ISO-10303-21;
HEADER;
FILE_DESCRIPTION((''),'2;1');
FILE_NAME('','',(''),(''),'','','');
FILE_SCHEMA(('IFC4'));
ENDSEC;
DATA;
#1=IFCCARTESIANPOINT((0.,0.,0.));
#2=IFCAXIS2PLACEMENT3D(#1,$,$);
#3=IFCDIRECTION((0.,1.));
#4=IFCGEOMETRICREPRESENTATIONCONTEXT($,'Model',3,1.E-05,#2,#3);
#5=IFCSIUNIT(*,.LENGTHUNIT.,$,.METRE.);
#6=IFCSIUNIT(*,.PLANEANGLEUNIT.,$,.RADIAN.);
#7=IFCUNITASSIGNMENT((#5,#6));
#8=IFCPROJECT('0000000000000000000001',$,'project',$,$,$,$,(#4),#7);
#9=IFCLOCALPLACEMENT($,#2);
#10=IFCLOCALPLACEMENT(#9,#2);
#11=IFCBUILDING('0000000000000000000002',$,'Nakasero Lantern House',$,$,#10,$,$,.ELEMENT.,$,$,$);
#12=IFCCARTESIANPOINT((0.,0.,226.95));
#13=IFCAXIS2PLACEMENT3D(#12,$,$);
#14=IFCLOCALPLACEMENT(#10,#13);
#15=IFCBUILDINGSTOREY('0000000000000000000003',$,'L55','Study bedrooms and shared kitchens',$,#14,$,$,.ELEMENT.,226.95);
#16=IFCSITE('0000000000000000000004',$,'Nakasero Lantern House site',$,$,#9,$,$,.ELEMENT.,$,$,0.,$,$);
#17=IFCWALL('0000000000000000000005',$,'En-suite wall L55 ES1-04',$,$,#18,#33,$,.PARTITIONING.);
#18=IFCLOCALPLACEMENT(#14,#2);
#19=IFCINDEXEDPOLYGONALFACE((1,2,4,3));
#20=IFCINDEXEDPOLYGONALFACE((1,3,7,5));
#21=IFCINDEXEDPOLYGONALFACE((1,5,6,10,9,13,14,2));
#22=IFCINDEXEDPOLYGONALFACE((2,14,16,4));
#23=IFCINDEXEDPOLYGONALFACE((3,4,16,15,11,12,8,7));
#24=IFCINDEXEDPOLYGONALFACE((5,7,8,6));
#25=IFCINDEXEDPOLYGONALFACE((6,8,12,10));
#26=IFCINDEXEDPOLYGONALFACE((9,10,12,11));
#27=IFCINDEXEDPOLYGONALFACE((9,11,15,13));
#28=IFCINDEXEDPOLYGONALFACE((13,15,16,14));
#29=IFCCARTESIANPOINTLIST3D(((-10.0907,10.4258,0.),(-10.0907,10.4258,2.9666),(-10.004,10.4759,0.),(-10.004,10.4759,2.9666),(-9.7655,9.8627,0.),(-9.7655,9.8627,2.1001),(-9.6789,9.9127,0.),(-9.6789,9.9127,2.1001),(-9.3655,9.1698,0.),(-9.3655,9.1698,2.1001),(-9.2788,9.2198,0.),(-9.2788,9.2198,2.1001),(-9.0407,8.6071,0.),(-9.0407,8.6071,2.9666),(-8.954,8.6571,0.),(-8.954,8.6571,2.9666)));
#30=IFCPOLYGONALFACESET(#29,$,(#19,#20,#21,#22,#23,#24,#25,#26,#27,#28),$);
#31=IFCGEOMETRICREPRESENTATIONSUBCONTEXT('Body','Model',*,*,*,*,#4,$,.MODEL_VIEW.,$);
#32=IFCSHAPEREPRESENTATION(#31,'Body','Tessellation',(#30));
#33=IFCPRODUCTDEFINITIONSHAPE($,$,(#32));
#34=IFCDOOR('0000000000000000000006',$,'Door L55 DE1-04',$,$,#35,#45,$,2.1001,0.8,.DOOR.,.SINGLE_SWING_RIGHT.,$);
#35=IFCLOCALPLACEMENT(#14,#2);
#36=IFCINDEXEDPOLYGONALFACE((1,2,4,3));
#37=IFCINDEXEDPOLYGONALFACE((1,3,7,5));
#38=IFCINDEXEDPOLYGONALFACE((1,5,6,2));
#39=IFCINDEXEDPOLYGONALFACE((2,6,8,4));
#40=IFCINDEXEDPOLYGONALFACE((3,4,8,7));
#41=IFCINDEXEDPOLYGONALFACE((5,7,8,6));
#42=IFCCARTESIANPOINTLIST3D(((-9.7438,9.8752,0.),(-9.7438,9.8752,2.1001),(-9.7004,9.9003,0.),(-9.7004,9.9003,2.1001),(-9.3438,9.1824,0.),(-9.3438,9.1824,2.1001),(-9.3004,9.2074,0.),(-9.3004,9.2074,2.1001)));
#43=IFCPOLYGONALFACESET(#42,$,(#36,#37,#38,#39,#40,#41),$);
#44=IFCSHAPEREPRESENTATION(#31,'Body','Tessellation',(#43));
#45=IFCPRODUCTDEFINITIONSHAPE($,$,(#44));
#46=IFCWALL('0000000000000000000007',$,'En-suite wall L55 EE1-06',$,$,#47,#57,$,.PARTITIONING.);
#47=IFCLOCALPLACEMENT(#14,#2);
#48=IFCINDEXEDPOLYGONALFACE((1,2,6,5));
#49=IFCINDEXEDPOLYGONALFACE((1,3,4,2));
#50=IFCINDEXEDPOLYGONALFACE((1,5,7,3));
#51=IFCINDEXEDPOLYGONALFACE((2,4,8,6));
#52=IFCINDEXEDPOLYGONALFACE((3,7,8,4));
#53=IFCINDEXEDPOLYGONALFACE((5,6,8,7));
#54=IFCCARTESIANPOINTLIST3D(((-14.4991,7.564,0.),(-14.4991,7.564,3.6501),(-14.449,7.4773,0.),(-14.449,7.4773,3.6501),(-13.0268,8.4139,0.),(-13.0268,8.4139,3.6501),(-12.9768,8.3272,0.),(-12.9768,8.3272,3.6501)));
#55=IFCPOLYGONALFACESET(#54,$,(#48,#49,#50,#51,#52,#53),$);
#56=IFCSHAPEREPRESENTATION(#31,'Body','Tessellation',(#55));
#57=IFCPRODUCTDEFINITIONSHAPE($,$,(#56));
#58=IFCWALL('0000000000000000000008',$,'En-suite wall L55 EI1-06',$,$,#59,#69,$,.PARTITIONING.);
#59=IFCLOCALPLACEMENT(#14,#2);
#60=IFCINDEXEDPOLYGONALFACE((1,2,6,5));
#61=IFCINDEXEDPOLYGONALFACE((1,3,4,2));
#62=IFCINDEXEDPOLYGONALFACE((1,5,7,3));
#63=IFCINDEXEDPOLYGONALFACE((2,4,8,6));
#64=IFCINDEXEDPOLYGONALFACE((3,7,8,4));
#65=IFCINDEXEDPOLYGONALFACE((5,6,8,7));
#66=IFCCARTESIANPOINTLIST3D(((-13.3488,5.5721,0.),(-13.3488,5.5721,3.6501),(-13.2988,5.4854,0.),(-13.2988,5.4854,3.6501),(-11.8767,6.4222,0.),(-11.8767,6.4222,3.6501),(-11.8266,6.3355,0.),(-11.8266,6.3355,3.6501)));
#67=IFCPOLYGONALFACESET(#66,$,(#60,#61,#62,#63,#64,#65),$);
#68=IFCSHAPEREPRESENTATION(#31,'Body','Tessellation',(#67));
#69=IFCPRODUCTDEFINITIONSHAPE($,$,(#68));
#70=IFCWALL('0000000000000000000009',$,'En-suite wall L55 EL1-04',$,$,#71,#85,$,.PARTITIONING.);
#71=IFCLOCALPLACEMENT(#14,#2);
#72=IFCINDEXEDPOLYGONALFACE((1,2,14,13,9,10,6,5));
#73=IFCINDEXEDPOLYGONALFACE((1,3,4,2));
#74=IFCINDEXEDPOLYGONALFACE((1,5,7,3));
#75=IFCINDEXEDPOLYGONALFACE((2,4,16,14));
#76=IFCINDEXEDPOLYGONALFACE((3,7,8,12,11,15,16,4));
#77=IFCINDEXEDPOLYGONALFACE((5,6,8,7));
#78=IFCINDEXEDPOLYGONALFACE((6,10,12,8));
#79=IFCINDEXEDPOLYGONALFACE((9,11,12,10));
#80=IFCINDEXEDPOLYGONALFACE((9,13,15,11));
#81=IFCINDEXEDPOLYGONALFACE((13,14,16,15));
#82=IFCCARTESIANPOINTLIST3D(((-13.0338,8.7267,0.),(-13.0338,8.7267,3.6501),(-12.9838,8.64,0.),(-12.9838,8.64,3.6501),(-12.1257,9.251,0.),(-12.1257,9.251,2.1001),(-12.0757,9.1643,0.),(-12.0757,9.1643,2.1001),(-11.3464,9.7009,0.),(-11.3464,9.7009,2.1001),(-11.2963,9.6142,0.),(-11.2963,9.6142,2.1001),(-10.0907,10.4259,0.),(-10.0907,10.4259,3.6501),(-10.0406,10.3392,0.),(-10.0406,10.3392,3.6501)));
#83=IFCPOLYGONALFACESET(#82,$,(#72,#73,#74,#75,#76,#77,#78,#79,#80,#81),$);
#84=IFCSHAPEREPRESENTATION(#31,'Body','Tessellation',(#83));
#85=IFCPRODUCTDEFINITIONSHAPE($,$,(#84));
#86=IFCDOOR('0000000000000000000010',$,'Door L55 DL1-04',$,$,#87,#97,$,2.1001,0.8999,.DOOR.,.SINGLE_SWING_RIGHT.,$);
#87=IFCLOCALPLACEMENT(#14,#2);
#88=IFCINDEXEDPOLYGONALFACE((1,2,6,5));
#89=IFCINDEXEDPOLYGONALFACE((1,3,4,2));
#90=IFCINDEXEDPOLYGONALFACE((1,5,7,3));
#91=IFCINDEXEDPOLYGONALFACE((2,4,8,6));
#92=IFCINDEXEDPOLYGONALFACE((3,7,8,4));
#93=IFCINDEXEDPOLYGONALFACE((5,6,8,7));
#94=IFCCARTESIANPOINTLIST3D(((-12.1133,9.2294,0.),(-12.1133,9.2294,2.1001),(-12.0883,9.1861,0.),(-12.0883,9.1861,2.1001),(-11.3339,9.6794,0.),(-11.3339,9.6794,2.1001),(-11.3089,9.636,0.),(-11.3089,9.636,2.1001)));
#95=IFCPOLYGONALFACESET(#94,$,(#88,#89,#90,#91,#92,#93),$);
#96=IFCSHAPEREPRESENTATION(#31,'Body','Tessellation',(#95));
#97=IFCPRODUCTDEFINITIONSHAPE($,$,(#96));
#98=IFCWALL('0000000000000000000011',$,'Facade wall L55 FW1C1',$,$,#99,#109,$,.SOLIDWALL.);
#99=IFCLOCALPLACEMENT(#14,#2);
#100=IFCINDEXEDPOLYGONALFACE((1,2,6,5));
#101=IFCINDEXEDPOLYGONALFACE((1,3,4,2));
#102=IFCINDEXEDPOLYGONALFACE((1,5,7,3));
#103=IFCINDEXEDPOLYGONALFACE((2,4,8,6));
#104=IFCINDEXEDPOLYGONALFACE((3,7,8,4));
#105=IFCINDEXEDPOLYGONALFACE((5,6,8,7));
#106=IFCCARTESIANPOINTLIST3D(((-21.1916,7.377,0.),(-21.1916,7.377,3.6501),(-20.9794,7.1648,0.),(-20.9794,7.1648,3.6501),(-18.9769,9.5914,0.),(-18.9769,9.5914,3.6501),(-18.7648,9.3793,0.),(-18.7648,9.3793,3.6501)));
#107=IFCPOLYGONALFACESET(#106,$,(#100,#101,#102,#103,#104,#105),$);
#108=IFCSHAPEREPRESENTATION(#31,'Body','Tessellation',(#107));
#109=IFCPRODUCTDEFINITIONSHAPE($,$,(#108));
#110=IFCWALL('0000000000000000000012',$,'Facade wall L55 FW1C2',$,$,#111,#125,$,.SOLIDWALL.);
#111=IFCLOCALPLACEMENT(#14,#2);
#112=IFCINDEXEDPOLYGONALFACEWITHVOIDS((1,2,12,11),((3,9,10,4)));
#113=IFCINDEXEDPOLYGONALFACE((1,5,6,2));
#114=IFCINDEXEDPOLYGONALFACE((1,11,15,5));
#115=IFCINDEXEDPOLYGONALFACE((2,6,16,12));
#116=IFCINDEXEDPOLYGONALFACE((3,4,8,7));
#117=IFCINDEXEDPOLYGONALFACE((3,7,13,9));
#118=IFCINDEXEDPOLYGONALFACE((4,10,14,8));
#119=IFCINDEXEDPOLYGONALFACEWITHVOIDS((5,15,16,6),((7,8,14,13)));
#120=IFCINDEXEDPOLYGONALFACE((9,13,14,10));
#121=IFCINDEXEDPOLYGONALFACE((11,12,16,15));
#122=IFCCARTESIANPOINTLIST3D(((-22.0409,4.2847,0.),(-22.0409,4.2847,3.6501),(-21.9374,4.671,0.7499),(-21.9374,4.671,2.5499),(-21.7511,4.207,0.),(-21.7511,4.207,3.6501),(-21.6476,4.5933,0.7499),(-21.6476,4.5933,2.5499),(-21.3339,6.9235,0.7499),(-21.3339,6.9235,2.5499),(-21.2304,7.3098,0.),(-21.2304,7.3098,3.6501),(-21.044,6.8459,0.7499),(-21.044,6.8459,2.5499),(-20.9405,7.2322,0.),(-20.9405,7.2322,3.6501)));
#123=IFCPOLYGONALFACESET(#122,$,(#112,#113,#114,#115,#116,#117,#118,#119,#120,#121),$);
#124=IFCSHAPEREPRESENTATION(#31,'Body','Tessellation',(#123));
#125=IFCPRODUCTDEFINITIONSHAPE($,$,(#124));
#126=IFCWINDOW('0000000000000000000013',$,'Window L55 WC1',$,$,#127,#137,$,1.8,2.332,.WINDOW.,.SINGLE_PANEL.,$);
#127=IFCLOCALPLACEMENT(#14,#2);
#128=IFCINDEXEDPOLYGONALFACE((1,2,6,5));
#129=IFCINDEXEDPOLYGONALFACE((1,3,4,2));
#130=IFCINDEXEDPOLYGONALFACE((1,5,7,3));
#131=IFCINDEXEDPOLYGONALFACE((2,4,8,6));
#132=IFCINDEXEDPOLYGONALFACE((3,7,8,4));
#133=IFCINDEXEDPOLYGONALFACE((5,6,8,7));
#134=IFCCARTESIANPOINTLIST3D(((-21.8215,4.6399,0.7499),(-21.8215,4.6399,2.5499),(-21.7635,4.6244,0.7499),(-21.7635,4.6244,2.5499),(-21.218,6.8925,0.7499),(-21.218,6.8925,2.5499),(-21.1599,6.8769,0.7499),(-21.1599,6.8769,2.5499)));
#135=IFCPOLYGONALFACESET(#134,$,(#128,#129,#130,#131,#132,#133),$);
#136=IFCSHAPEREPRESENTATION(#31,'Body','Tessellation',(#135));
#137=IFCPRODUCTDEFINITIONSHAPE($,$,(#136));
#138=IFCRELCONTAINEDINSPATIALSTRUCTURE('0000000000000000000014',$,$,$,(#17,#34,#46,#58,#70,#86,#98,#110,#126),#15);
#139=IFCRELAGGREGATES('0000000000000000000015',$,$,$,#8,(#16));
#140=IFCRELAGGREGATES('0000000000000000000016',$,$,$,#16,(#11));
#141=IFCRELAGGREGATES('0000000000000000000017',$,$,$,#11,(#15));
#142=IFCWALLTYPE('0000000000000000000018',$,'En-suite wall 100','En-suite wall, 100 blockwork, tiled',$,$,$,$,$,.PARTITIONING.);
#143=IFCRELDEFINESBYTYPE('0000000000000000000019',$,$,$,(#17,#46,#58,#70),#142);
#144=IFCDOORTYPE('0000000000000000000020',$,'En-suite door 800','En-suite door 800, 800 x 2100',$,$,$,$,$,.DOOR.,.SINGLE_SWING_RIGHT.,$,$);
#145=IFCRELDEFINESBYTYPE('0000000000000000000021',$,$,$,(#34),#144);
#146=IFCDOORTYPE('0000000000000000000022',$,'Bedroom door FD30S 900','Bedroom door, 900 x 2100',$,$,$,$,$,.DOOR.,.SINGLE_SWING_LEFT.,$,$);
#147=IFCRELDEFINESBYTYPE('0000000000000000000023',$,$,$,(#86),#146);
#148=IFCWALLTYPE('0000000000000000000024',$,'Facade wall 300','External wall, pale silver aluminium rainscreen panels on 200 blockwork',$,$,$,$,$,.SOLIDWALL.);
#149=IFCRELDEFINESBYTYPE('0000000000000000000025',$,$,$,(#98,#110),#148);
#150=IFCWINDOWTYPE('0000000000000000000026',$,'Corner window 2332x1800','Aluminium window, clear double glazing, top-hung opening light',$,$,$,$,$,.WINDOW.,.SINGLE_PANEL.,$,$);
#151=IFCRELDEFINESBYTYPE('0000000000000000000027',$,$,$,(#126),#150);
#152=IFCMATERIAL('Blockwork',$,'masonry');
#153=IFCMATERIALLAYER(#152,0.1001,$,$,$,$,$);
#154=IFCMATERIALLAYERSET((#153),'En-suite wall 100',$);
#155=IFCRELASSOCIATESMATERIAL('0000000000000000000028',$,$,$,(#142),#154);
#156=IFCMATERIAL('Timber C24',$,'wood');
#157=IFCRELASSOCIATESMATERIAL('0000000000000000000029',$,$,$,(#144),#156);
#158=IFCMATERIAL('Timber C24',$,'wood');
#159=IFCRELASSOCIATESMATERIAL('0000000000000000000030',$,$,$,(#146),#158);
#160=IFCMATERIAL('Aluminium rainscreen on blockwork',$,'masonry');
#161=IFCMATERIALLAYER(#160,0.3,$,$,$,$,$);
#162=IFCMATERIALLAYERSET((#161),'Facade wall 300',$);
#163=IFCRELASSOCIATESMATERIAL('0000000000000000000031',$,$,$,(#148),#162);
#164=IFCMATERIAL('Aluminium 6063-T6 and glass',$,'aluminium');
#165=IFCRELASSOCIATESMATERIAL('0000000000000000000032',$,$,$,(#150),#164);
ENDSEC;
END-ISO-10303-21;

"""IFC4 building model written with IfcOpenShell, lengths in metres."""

from ifc_helpers import new_model, si_unit, direction, frame, frame_2d, origin, place, context, subcontext, project, spatial, rectangle, extrude, material, layer, layer_set, type_object, element, fill, save


model = new_model("IFC4")

# Units and contexts
model_context = context("Model", 3, precision=1e-05, world=origin(), true_north=direction((0.0, 1.0)))
body_context = subcontext(model_context, "Body", "Model", "MODEL_VIEW")
ifc_project = project(units=[si_unit("LENGTHUNIT", "METRE"), si_unit("PLANEANGLEUNIT", "RADIAN")], contexts=[model_context])

# Site, building, storey
site_placement = place(None, origin())
site = spatial("IfcSite", under=ifc_project, at=site_placement, Name="Nakasero Lantern House site", CompositionType="ELEMENT", RefElevation=0.0)
building_placement = place(site_placement, origin())
building = spatial("IfcBuilding", under=site, at=building_placement, Name="Nakasero Lantern House", CompositionType="ELEMENT")
storey_placement = place(building_placement, frame((0.0, 0.0, 226.95)))
storey = spatial("IfcBuildingStorey", under=building, at=storey_placement, Name="L55", Description="Study bedrooms and shared kitchens", CompositionType="ELEMENT", Elevation=226.95)

# Wall, opening, door
ifc_material_1 = material(Name="Blockwork", Category="masonry")
ifc_layer_1 = layer(ifc_material_1, 0.1001)
ifc_layer_set_1 = layer_set([ifc_layer_1], Name="En-suite wall 100")
wall_type_1 = type_object("IfcWallType", Name="En-suite wall 100", Description="En-suite wall, 100 blockwork, tiled", PredefinedType="PARTITIONING", material=ifc_layer_set_1)
wall_1_placement = place(storey_placement, frame((-8.9973, 8.6321, 0.0), z_axis=(0.0, 0.0, 1.0), x_axis=(-0.499977, 0.866038, 0.0)))
wall_1 = element("IfcWall", 1, at=wall_1_placement, inside=storey, type_object=wall_type_1, Name="En-suite wall L55 ES1-04", PredefinedType="PARTITIONING", context=body_context, shape_type="SweptSolid", body=[
    extrude(rectangle(XDim=2.1001, YDim=0.1001, at=frame_2d((1.05, 0.0))), origin(), (0.0, 0.0, 1.0), 2.9666),
])
opening_1_placement = place(wall_1_placement, frame((0.6499, 0.0, 0.0)))
opening_1 = element("IfcOpeningElement", 2, at=opening_1_placement, cuts=wall_1, PredefinedType="OPENING", context=body_context, shape_type="SweptSolid", body=[
    extrude(rectangle(XDim=0.8, YDim=2.1001, at=frame_2d((0.3999, 1.05))), frame((0.0, 0.0701, 0.0), z_axis=(0.0, -1.0, 0.0), x_axis=(1.0, 0.0, 0.0)), (0.0, 0.0, 1.0), 0.1401),
])
ifc_material_2 = material(Name="Timber C24", Category="wood")
door_type_1 = type_object("IfcDoorType", Name="En-suite door 800", Description="En-suite door 800, 800 x 2100", OperationType="SINGLE_SWING_RIGHT", PredefinedType="DOOR", material=ifc_material_2)
door_1_placement = place(opening_1_placement, origin())
door_1 = element("IfcDoor", 3, at=door_1_placement, inside=storey, type_object=door_type_1, Name="Door L55 DE1-04", OperationType="SINGLE_SWING_RIGHT", OverallHeight=2.1001, OverallWidth=0.8, PredefinedType="DOOR", context=body_context, shape_type="SweptSolid", body=[
    extrude(rectangle(XDim=0.8, YDim=2.1001, at=frame_2d((0.3999, 1.05))), frame((0.0, 0.0249, 0.0), z_axis=(0.0, -1.0, 0.0), x_axis=(1.0, 0.0, 0.0)), (0.0, 0.0, 1.0), 0.05),
])
fill(opening_1, door_1)

# Walls
for number, where, z_axis, x_axis, name in (
    (4, (-13.0017, 8.3706, 0.0), (0.0, 0.0, 1.0), (-0.866052, -0.499955, 0.0), "En-suite wall L55 EE1-06"),
    (5, (-11.8516, 6.3789, 0.0), (0.0, 0.0, 1.0), (-0.865989, -0.500062, 0.0), "En-suite wall L55 EI1-06"),
):
    element("IfcWall", number, at=place(storey_placement, frame(where, z_axis=z_axis, x_axis=x_axis)), inside=storey, type_object=wall_type_1, Name=name, PredefinedType="PARTITIONING", context=body_context, shape_type="SweptSolid", body=[
        extrude(rectangle(XDim=1.7, YDim=0.1001, at=frame_2d((0.8501, 0.0))), origin(), (0.0, 0.0, 1.0), 3.6501),
    ])

# Wall, opening, door
wall_2_placement = place(storey_placement, frame((-10.0657, 10.3826, 0.0), z_axis=(0.0, 0.0, 1.0), x_axis=(-0.866024, -0.500002, 0.0)))
wall_2 = element("IfcWall", 6, at=wall_2_placement, inside=storey, type_object=wall_type_1, Name="En-suite wall L55 EL1-04", PredefinedType="PARTITIONING", context=body_context, shape_type="SweptSolid", body=[
    extrude(rectangle(XDim=3.3984, YDim=0.1001, at=frame_2d((1.6992, 0.0))), origin(), (0.0, 0.0, 1.0), 3.6501),
])
opening_2_placement = place(wall_2_placement, frame((1.45, 0.0, 0.0)))
opening_2 = element("IfcOpeningElement", 7, at=opening_2_placement, cuts=wall_2, PredefinedType="OPENING", context=body_context, shape_type="SweptSolid", body=[
    extrude(rectangle(XDim=0.8999, YDim=2.1001, at=frame_2d((0.45, 1.05))), frame((0.0, 0.0701, 0.0), z_axis=(0.0, -1.0, 0.0), x_axis=(1.0, 0.0, 0.0)), (0.0, 0.0, 1.0), 0.1401),
])
ifc_material_3 = material(Name="Timber C24", Category="wood")
door_type_2 = type_object("IfcDoorType", Name="Bedroom door FD30S 900", Description="Bedroom door, 900 x 2100", OperationType="SINGLE_SWING_LEFT", PredefinedType="DOOR", material=ifc_material_3)
door_2_placement = place(opening_2_placement, origin())
door_2 = element("IfcDoor", 8, at=door_2_placement, inside=storey, type_object=door_type_2, Name="Door L55 DL1-04", OperationType="SINGLE_SWING_RIGHT", OverallHeight=2.1001, OverallWidth=0.8999, PredefinedType="DOOR", context=body_context, shape_type="SweptSolid", body=[
    extrude(rectangle(XDim=0.8999, YDim=2.1001, at=frame_2d((0.45, 1.05))), frame((0.0, 0.0249, 0.0), z_axis=(0.0, -1.0, 0.0), x_axis=(1.0, 0.0, 0.0)), (0.0, 0.0, 1.0), 0.05),
])
fill(opening_2, door_2)

# Wall
ifc_material_4 = material(Name="Aluminium rainscreen on blockwork", Category="masonry")
ifc_layer_2 = layer(ifc_material_4, 0.3)
ifc_layer_set_2 = layer_set([ifc_layer_2], Name="Facade wall 300")
wall_type_2 = type_object("IfcWallType", Name="Facade wall 300", Description="External wall, pale silver aluminium rainscreen panels on 200 blockwork", PredefinedType="SOLIDWALL", material=ifc_layer_set_2)
wall_3_placement = place(storey_placement, frame((-18.8708, 9.4854, 0.0), z_axis=(0.0, 0.0, 1.0), x_axis=(-0.707146, -0.707068, 0.0)))
element("IfcWall", 9, at=wall_3_placement, inside=storey, type_object=wall_type_2, Name="Facade wall L55 FW1C1", PredefinedType="SOLIDWALL", context=body_context, shape_type="SweptSolid", body=[
    extrude(rectangle(XDim=3.1318, YDim=0.3, at=frame_2d((1.5659, 0.0))), origin(), (0.0, 0.0, 1.0), 3.6501),
])

# Wall, opening, window
wall_4_placement = place(storey_placement, frame((-21.0854, 7.271, 0.0), z_axis=(0.0, 0.0, 1.0), x_axis=(-0.258808, -0.965929, 0.0)))
wall_4 = element("IfcWall", 10, at=wall_4_placement, inside=storey, type_object=wall_type_2, Name="Facade wall L55 FW1C2", PredefinedType="SOLIDWALL", context=body_context, shape_type="SweptSolid", body=[
    extrude(rectangle(XDim=3.1318, YDim=0.3, at=frame_2d((1.5659, 0.0))), origin(), (0.0, 0.0, 1.0), 3.6501),
])
opening_3_placement = place(wall_4_placement, frame((0.3999, 0.0, 0.75)))
opening_3 = element("IfcOpeningElement", 11, at=opening_3_placement, cuts=wall_4, PredefinedType="OPENING", context=body_context, shape_type="SweptSolid", body=[
    extrude(rectangle(XDim=2.332, YDim=1.8, at=frame_2d((1.166, 0.8999))), frame((0.0, 0.1699, 0.0), z_axis=(0.0, -1.0, 0.0), x_axis=(1.0, 0.0, 0.0)), (0.0, 0.0, 1.0), 0.3401),
])
ifc_material_5 = material(Name="Aluminium 6063-T6 and glass", Category="aluminium")
window_type = type_object("IfcWindowType", Name="Corner window 2332x1800", Description="Aluminium window, clear double glazing, top-hung opening light", PartitioningType="SINGLE_PANEL", PredefinedType="WINDOW", material=ifc_material_5)
window_placement = place(opening_3_placement, origin())
window = element("IfcWindow", 12, at=window_placement, inside=storey, type_object=window_type, Name="Window L55 WC1", OverallHeight=1.8, OverallWidth=2.332, PartitioningType="SINGLE_PANEL", PredefinedType="WINDOW", context=body_context, shape_type="SweptSolid", body=[
    extrude(rectangle(XDim=2.332, YDim=1.8, at=frame_2d((1.166, 0.8999))), frame((0.0, 0.03, 0.0), z_axis=(0.0, -1.0, 0.0), x_axis=(1.0, 0.0, 0.0)), (0.0, 0.0, 1.0), 0.0601),
])
fill(opening_3, window)

save(model, "model.ifc")
